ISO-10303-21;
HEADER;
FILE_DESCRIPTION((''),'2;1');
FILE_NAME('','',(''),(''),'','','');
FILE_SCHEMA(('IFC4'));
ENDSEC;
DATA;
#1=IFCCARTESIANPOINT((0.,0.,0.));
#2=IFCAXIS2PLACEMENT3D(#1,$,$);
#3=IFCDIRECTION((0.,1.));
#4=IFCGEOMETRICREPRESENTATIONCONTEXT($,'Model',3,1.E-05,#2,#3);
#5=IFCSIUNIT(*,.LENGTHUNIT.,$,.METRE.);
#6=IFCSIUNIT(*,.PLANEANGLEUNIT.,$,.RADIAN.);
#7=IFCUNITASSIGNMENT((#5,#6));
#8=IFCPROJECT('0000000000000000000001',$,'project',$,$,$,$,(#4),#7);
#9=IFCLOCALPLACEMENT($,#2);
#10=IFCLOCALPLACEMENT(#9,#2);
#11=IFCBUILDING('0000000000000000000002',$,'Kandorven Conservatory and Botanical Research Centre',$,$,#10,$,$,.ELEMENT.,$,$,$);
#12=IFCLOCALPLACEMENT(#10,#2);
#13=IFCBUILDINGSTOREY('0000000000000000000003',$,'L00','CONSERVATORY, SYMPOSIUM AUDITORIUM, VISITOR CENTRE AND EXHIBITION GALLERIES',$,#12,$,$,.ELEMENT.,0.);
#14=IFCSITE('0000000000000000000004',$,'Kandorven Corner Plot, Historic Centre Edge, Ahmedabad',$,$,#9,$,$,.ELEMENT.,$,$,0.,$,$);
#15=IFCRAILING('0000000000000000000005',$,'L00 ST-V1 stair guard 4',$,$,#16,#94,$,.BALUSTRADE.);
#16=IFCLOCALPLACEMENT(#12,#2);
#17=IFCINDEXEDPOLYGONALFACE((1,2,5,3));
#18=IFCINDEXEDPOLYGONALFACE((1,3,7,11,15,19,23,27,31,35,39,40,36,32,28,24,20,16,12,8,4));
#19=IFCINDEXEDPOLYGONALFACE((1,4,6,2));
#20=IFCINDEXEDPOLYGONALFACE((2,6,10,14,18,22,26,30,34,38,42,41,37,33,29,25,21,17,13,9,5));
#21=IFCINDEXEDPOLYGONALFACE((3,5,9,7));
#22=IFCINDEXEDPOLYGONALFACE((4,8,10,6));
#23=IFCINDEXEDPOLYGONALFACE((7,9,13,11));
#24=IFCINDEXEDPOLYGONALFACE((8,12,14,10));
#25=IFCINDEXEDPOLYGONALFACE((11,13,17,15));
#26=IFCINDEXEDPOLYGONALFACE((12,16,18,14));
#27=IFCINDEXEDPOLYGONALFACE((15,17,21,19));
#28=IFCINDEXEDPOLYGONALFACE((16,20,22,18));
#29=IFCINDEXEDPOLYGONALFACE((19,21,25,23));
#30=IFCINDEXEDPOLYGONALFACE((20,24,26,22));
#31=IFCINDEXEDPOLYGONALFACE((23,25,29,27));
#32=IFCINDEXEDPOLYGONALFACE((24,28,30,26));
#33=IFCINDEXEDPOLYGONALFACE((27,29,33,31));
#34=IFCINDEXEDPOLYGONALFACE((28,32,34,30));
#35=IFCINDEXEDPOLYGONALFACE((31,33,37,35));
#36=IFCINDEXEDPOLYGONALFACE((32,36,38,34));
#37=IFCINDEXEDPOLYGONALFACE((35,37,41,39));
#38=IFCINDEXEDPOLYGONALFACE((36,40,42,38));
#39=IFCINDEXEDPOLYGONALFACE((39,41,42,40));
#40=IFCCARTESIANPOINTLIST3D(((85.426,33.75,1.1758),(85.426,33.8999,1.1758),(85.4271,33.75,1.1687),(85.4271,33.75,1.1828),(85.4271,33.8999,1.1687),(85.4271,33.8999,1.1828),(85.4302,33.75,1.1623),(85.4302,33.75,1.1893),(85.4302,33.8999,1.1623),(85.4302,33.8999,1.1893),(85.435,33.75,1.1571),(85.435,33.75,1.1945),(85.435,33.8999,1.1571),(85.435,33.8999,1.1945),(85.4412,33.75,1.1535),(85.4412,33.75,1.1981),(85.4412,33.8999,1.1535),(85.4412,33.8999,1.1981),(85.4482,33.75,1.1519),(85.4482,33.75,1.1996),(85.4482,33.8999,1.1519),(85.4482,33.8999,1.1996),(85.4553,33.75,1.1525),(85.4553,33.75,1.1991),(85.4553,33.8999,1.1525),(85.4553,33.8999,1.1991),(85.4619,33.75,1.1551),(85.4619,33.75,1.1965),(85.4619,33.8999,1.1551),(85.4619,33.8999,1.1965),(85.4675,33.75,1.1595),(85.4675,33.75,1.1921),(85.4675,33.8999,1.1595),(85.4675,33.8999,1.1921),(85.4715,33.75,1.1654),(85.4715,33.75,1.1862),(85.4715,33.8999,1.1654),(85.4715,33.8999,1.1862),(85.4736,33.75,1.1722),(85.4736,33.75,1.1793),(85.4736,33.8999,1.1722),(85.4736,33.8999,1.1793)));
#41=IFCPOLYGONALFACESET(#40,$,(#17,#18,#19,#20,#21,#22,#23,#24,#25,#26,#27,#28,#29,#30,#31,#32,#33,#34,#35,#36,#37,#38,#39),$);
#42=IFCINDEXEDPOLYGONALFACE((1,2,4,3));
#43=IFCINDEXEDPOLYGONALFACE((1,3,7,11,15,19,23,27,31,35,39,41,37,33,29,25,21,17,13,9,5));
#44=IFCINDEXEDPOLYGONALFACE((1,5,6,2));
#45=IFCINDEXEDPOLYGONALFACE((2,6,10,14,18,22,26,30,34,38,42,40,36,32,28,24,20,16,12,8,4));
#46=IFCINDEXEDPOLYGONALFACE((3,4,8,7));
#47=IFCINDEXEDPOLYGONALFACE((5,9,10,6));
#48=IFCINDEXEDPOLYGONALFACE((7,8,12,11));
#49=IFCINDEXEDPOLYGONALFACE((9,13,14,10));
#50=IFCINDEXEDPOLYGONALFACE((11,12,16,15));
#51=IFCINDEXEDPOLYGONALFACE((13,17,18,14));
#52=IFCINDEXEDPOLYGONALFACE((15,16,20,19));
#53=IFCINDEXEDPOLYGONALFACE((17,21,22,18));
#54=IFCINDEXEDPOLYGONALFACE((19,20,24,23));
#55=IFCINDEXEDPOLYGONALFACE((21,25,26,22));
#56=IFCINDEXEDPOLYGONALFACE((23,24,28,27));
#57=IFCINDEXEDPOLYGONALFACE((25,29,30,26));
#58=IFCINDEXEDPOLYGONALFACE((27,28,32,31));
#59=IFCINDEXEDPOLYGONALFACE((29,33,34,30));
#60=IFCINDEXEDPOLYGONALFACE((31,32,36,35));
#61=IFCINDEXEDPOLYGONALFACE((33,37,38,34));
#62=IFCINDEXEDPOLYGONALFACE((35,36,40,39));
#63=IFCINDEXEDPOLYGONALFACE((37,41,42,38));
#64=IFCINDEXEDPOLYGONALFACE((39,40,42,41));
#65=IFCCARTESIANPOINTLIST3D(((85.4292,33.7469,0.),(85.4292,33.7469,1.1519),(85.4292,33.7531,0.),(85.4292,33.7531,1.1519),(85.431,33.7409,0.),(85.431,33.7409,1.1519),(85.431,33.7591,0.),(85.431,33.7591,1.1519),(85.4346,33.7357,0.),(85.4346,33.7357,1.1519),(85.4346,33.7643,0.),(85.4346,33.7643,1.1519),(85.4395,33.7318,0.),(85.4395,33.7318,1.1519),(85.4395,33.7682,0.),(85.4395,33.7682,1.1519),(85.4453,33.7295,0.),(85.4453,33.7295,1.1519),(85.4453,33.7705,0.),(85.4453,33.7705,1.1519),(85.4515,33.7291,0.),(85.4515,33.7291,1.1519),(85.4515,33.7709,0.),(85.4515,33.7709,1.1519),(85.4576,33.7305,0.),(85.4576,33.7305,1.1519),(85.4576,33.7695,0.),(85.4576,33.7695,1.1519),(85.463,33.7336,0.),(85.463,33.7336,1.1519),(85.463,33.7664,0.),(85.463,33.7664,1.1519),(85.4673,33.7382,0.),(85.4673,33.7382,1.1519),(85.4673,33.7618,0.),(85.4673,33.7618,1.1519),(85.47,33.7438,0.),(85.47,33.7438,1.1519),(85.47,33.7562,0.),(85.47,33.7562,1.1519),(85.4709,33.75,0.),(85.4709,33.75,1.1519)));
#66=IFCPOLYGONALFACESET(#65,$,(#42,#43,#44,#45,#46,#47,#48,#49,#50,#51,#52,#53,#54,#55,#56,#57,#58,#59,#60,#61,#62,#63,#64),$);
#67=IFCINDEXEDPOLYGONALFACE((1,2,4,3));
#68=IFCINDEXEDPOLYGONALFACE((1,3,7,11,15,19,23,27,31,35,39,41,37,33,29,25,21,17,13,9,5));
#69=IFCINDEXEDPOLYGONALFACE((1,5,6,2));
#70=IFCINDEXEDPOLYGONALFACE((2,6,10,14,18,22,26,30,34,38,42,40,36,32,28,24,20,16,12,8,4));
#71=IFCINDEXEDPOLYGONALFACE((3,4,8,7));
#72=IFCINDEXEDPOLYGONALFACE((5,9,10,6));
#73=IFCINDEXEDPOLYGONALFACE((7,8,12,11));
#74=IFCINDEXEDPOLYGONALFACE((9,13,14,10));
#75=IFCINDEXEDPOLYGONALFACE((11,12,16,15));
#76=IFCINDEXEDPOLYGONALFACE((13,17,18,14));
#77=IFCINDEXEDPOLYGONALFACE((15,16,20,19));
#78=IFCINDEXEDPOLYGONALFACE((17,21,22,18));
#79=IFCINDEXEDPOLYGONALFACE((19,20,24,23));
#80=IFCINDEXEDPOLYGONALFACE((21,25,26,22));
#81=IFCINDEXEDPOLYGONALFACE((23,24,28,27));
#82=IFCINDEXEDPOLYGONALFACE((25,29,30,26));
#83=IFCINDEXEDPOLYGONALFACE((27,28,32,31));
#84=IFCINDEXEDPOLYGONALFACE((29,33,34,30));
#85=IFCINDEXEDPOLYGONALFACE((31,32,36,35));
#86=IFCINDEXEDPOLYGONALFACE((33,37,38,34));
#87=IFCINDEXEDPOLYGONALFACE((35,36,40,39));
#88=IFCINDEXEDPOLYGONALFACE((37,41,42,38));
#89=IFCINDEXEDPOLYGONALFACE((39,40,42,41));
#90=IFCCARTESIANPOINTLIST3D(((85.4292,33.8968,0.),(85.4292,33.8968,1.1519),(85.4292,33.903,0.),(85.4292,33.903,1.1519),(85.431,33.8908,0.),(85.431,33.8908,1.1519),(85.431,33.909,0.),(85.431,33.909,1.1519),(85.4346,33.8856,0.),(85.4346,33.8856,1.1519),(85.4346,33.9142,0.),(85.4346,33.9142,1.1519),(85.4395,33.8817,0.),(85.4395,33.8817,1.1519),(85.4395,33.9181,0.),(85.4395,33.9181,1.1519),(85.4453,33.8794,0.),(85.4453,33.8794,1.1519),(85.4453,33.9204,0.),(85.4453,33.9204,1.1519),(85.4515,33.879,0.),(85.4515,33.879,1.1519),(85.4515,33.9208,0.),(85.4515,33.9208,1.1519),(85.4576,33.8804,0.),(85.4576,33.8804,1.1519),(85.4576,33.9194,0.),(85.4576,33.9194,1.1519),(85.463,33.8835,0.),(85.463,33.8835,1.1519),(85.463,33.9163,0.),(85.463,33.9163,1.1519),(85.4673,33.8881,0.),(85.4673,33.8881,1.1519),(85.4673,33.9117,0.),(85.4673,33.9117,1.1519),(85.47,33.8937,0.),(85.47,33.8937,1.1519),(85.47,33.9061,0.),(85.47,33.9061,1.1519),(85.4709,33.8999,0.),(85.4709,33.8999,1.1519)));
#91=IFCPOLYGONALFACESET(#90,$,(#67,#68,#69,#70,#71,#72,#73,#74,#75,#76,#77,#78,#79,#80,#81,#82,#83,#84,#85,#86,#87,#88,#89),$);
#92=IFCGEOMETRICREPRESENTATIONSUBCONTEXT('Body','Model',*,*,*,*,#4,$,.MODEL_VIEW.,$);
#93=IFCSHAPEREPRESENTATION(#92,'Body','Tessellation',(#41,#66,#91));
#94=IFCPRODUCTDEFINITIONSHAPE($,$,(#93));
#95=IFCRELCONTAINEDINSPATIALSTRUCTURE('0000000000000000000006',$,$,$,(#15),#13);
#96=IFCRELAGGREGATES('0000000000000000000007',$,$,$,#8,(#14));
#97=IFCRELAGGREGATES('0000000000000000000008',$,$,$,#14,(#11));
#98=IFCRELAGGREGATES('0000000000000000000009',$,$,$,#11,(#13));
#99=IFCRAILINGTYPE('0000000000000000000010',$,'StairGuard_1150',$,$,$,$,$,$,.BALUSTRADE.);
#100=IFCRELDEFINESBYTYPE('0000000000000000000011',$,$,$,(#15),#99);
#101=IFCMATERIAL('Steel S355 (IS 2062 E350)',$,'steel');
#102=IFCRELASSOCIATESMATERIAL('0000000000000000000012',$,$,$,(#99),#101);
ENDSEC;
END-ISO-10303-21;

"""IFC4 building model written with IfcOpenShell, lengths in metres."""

from ifc_helpers import new_model, si_unit, direction, frame, origin, origin_2d, place, context, subcontext, project, spatial, circle, extrude, material, type_object, element, save


model = new_model("IFC4")

# Units and contexts
model_context = context("Model", 3, precision=1e-05, world=origin(), true_north=direction((0.0, 1.0)))
body_context = subcontext(model_context, "Body", "Model", "MODEL_VIEW")
ifc_project = project(units=[si_unit("LENGTHUNIT", "METRE"), si_unit("PLANEANGLEUNIT", "RADIAN")], contexts=[model_context])

# Site, building, storey
site_placement = place(None, origin())
site = spatial("IfcSite", under=ifc_project, at=site_placement, Name="Kandorven Corner Plot, Historic Centre Edge, Ahmedabad", CompositionType="ELEMENT", RefElevation=0.0)
building_placement = place(site_placement, origin())
building = spatial("IfcBuilding", under=site, at=building_placement, Name="Kandorven Conservatory and Botanical Research Centre", CompositionType="ELEMENT")
storey_placement = place(building_placement, origin())
storey = spatial("IfcBuildingStorey", under=building, at=storey_placement, Name="L00", Description="CONSERVATORY, SYMPOSIUM AUDITORIUM, VISITOR CENTRE AND EXHIBITION GALLERIES", CompositionType="ELEMENT", Elevation=0.0)

# Railing
ifc_material_1 = material(Name="Steel S355 (IS 2062 E350)", Category="steel")
railing_type_1 = type_object("IfcRailingType", Name="StairGuard_1150", PredefinedType="BALUSTRADE", material=ifc_material_1)
railing_1_placement = place(storey_placement, frame((85.45, 33.75, 0.0)))
element("IfcRailing", 1, at=railing_1_placement, inside=storey, type_object=railing_type_1, Name="L00 ST-V1 stair guard 4", PredefinedType="BALUSTRADE", context=body_context, shape_type="SweptSolid", body=[
    extrude(circle(Radius=0.0239, at=origin_2d()), frame((0.0, 0.0, 1.1758), z_axis=(0.0, 1.0, 0.0), x_axis=(-1.0, 0.0, 0.0)), (0.0, 0.0, 1.0), 0.1499),
    extrude(circle(Radius=0.021, at=origin_2d()), origin(), (0.0, 0.0, 1.0), 1.1519),
    extrude(circle(Radius=0.021, at=origin_2d()), frame((0.0, 0.1499, 0.0)), (0.0, 0.0, 1.0), 1.1519),
])

save(model, "model.ifc")
